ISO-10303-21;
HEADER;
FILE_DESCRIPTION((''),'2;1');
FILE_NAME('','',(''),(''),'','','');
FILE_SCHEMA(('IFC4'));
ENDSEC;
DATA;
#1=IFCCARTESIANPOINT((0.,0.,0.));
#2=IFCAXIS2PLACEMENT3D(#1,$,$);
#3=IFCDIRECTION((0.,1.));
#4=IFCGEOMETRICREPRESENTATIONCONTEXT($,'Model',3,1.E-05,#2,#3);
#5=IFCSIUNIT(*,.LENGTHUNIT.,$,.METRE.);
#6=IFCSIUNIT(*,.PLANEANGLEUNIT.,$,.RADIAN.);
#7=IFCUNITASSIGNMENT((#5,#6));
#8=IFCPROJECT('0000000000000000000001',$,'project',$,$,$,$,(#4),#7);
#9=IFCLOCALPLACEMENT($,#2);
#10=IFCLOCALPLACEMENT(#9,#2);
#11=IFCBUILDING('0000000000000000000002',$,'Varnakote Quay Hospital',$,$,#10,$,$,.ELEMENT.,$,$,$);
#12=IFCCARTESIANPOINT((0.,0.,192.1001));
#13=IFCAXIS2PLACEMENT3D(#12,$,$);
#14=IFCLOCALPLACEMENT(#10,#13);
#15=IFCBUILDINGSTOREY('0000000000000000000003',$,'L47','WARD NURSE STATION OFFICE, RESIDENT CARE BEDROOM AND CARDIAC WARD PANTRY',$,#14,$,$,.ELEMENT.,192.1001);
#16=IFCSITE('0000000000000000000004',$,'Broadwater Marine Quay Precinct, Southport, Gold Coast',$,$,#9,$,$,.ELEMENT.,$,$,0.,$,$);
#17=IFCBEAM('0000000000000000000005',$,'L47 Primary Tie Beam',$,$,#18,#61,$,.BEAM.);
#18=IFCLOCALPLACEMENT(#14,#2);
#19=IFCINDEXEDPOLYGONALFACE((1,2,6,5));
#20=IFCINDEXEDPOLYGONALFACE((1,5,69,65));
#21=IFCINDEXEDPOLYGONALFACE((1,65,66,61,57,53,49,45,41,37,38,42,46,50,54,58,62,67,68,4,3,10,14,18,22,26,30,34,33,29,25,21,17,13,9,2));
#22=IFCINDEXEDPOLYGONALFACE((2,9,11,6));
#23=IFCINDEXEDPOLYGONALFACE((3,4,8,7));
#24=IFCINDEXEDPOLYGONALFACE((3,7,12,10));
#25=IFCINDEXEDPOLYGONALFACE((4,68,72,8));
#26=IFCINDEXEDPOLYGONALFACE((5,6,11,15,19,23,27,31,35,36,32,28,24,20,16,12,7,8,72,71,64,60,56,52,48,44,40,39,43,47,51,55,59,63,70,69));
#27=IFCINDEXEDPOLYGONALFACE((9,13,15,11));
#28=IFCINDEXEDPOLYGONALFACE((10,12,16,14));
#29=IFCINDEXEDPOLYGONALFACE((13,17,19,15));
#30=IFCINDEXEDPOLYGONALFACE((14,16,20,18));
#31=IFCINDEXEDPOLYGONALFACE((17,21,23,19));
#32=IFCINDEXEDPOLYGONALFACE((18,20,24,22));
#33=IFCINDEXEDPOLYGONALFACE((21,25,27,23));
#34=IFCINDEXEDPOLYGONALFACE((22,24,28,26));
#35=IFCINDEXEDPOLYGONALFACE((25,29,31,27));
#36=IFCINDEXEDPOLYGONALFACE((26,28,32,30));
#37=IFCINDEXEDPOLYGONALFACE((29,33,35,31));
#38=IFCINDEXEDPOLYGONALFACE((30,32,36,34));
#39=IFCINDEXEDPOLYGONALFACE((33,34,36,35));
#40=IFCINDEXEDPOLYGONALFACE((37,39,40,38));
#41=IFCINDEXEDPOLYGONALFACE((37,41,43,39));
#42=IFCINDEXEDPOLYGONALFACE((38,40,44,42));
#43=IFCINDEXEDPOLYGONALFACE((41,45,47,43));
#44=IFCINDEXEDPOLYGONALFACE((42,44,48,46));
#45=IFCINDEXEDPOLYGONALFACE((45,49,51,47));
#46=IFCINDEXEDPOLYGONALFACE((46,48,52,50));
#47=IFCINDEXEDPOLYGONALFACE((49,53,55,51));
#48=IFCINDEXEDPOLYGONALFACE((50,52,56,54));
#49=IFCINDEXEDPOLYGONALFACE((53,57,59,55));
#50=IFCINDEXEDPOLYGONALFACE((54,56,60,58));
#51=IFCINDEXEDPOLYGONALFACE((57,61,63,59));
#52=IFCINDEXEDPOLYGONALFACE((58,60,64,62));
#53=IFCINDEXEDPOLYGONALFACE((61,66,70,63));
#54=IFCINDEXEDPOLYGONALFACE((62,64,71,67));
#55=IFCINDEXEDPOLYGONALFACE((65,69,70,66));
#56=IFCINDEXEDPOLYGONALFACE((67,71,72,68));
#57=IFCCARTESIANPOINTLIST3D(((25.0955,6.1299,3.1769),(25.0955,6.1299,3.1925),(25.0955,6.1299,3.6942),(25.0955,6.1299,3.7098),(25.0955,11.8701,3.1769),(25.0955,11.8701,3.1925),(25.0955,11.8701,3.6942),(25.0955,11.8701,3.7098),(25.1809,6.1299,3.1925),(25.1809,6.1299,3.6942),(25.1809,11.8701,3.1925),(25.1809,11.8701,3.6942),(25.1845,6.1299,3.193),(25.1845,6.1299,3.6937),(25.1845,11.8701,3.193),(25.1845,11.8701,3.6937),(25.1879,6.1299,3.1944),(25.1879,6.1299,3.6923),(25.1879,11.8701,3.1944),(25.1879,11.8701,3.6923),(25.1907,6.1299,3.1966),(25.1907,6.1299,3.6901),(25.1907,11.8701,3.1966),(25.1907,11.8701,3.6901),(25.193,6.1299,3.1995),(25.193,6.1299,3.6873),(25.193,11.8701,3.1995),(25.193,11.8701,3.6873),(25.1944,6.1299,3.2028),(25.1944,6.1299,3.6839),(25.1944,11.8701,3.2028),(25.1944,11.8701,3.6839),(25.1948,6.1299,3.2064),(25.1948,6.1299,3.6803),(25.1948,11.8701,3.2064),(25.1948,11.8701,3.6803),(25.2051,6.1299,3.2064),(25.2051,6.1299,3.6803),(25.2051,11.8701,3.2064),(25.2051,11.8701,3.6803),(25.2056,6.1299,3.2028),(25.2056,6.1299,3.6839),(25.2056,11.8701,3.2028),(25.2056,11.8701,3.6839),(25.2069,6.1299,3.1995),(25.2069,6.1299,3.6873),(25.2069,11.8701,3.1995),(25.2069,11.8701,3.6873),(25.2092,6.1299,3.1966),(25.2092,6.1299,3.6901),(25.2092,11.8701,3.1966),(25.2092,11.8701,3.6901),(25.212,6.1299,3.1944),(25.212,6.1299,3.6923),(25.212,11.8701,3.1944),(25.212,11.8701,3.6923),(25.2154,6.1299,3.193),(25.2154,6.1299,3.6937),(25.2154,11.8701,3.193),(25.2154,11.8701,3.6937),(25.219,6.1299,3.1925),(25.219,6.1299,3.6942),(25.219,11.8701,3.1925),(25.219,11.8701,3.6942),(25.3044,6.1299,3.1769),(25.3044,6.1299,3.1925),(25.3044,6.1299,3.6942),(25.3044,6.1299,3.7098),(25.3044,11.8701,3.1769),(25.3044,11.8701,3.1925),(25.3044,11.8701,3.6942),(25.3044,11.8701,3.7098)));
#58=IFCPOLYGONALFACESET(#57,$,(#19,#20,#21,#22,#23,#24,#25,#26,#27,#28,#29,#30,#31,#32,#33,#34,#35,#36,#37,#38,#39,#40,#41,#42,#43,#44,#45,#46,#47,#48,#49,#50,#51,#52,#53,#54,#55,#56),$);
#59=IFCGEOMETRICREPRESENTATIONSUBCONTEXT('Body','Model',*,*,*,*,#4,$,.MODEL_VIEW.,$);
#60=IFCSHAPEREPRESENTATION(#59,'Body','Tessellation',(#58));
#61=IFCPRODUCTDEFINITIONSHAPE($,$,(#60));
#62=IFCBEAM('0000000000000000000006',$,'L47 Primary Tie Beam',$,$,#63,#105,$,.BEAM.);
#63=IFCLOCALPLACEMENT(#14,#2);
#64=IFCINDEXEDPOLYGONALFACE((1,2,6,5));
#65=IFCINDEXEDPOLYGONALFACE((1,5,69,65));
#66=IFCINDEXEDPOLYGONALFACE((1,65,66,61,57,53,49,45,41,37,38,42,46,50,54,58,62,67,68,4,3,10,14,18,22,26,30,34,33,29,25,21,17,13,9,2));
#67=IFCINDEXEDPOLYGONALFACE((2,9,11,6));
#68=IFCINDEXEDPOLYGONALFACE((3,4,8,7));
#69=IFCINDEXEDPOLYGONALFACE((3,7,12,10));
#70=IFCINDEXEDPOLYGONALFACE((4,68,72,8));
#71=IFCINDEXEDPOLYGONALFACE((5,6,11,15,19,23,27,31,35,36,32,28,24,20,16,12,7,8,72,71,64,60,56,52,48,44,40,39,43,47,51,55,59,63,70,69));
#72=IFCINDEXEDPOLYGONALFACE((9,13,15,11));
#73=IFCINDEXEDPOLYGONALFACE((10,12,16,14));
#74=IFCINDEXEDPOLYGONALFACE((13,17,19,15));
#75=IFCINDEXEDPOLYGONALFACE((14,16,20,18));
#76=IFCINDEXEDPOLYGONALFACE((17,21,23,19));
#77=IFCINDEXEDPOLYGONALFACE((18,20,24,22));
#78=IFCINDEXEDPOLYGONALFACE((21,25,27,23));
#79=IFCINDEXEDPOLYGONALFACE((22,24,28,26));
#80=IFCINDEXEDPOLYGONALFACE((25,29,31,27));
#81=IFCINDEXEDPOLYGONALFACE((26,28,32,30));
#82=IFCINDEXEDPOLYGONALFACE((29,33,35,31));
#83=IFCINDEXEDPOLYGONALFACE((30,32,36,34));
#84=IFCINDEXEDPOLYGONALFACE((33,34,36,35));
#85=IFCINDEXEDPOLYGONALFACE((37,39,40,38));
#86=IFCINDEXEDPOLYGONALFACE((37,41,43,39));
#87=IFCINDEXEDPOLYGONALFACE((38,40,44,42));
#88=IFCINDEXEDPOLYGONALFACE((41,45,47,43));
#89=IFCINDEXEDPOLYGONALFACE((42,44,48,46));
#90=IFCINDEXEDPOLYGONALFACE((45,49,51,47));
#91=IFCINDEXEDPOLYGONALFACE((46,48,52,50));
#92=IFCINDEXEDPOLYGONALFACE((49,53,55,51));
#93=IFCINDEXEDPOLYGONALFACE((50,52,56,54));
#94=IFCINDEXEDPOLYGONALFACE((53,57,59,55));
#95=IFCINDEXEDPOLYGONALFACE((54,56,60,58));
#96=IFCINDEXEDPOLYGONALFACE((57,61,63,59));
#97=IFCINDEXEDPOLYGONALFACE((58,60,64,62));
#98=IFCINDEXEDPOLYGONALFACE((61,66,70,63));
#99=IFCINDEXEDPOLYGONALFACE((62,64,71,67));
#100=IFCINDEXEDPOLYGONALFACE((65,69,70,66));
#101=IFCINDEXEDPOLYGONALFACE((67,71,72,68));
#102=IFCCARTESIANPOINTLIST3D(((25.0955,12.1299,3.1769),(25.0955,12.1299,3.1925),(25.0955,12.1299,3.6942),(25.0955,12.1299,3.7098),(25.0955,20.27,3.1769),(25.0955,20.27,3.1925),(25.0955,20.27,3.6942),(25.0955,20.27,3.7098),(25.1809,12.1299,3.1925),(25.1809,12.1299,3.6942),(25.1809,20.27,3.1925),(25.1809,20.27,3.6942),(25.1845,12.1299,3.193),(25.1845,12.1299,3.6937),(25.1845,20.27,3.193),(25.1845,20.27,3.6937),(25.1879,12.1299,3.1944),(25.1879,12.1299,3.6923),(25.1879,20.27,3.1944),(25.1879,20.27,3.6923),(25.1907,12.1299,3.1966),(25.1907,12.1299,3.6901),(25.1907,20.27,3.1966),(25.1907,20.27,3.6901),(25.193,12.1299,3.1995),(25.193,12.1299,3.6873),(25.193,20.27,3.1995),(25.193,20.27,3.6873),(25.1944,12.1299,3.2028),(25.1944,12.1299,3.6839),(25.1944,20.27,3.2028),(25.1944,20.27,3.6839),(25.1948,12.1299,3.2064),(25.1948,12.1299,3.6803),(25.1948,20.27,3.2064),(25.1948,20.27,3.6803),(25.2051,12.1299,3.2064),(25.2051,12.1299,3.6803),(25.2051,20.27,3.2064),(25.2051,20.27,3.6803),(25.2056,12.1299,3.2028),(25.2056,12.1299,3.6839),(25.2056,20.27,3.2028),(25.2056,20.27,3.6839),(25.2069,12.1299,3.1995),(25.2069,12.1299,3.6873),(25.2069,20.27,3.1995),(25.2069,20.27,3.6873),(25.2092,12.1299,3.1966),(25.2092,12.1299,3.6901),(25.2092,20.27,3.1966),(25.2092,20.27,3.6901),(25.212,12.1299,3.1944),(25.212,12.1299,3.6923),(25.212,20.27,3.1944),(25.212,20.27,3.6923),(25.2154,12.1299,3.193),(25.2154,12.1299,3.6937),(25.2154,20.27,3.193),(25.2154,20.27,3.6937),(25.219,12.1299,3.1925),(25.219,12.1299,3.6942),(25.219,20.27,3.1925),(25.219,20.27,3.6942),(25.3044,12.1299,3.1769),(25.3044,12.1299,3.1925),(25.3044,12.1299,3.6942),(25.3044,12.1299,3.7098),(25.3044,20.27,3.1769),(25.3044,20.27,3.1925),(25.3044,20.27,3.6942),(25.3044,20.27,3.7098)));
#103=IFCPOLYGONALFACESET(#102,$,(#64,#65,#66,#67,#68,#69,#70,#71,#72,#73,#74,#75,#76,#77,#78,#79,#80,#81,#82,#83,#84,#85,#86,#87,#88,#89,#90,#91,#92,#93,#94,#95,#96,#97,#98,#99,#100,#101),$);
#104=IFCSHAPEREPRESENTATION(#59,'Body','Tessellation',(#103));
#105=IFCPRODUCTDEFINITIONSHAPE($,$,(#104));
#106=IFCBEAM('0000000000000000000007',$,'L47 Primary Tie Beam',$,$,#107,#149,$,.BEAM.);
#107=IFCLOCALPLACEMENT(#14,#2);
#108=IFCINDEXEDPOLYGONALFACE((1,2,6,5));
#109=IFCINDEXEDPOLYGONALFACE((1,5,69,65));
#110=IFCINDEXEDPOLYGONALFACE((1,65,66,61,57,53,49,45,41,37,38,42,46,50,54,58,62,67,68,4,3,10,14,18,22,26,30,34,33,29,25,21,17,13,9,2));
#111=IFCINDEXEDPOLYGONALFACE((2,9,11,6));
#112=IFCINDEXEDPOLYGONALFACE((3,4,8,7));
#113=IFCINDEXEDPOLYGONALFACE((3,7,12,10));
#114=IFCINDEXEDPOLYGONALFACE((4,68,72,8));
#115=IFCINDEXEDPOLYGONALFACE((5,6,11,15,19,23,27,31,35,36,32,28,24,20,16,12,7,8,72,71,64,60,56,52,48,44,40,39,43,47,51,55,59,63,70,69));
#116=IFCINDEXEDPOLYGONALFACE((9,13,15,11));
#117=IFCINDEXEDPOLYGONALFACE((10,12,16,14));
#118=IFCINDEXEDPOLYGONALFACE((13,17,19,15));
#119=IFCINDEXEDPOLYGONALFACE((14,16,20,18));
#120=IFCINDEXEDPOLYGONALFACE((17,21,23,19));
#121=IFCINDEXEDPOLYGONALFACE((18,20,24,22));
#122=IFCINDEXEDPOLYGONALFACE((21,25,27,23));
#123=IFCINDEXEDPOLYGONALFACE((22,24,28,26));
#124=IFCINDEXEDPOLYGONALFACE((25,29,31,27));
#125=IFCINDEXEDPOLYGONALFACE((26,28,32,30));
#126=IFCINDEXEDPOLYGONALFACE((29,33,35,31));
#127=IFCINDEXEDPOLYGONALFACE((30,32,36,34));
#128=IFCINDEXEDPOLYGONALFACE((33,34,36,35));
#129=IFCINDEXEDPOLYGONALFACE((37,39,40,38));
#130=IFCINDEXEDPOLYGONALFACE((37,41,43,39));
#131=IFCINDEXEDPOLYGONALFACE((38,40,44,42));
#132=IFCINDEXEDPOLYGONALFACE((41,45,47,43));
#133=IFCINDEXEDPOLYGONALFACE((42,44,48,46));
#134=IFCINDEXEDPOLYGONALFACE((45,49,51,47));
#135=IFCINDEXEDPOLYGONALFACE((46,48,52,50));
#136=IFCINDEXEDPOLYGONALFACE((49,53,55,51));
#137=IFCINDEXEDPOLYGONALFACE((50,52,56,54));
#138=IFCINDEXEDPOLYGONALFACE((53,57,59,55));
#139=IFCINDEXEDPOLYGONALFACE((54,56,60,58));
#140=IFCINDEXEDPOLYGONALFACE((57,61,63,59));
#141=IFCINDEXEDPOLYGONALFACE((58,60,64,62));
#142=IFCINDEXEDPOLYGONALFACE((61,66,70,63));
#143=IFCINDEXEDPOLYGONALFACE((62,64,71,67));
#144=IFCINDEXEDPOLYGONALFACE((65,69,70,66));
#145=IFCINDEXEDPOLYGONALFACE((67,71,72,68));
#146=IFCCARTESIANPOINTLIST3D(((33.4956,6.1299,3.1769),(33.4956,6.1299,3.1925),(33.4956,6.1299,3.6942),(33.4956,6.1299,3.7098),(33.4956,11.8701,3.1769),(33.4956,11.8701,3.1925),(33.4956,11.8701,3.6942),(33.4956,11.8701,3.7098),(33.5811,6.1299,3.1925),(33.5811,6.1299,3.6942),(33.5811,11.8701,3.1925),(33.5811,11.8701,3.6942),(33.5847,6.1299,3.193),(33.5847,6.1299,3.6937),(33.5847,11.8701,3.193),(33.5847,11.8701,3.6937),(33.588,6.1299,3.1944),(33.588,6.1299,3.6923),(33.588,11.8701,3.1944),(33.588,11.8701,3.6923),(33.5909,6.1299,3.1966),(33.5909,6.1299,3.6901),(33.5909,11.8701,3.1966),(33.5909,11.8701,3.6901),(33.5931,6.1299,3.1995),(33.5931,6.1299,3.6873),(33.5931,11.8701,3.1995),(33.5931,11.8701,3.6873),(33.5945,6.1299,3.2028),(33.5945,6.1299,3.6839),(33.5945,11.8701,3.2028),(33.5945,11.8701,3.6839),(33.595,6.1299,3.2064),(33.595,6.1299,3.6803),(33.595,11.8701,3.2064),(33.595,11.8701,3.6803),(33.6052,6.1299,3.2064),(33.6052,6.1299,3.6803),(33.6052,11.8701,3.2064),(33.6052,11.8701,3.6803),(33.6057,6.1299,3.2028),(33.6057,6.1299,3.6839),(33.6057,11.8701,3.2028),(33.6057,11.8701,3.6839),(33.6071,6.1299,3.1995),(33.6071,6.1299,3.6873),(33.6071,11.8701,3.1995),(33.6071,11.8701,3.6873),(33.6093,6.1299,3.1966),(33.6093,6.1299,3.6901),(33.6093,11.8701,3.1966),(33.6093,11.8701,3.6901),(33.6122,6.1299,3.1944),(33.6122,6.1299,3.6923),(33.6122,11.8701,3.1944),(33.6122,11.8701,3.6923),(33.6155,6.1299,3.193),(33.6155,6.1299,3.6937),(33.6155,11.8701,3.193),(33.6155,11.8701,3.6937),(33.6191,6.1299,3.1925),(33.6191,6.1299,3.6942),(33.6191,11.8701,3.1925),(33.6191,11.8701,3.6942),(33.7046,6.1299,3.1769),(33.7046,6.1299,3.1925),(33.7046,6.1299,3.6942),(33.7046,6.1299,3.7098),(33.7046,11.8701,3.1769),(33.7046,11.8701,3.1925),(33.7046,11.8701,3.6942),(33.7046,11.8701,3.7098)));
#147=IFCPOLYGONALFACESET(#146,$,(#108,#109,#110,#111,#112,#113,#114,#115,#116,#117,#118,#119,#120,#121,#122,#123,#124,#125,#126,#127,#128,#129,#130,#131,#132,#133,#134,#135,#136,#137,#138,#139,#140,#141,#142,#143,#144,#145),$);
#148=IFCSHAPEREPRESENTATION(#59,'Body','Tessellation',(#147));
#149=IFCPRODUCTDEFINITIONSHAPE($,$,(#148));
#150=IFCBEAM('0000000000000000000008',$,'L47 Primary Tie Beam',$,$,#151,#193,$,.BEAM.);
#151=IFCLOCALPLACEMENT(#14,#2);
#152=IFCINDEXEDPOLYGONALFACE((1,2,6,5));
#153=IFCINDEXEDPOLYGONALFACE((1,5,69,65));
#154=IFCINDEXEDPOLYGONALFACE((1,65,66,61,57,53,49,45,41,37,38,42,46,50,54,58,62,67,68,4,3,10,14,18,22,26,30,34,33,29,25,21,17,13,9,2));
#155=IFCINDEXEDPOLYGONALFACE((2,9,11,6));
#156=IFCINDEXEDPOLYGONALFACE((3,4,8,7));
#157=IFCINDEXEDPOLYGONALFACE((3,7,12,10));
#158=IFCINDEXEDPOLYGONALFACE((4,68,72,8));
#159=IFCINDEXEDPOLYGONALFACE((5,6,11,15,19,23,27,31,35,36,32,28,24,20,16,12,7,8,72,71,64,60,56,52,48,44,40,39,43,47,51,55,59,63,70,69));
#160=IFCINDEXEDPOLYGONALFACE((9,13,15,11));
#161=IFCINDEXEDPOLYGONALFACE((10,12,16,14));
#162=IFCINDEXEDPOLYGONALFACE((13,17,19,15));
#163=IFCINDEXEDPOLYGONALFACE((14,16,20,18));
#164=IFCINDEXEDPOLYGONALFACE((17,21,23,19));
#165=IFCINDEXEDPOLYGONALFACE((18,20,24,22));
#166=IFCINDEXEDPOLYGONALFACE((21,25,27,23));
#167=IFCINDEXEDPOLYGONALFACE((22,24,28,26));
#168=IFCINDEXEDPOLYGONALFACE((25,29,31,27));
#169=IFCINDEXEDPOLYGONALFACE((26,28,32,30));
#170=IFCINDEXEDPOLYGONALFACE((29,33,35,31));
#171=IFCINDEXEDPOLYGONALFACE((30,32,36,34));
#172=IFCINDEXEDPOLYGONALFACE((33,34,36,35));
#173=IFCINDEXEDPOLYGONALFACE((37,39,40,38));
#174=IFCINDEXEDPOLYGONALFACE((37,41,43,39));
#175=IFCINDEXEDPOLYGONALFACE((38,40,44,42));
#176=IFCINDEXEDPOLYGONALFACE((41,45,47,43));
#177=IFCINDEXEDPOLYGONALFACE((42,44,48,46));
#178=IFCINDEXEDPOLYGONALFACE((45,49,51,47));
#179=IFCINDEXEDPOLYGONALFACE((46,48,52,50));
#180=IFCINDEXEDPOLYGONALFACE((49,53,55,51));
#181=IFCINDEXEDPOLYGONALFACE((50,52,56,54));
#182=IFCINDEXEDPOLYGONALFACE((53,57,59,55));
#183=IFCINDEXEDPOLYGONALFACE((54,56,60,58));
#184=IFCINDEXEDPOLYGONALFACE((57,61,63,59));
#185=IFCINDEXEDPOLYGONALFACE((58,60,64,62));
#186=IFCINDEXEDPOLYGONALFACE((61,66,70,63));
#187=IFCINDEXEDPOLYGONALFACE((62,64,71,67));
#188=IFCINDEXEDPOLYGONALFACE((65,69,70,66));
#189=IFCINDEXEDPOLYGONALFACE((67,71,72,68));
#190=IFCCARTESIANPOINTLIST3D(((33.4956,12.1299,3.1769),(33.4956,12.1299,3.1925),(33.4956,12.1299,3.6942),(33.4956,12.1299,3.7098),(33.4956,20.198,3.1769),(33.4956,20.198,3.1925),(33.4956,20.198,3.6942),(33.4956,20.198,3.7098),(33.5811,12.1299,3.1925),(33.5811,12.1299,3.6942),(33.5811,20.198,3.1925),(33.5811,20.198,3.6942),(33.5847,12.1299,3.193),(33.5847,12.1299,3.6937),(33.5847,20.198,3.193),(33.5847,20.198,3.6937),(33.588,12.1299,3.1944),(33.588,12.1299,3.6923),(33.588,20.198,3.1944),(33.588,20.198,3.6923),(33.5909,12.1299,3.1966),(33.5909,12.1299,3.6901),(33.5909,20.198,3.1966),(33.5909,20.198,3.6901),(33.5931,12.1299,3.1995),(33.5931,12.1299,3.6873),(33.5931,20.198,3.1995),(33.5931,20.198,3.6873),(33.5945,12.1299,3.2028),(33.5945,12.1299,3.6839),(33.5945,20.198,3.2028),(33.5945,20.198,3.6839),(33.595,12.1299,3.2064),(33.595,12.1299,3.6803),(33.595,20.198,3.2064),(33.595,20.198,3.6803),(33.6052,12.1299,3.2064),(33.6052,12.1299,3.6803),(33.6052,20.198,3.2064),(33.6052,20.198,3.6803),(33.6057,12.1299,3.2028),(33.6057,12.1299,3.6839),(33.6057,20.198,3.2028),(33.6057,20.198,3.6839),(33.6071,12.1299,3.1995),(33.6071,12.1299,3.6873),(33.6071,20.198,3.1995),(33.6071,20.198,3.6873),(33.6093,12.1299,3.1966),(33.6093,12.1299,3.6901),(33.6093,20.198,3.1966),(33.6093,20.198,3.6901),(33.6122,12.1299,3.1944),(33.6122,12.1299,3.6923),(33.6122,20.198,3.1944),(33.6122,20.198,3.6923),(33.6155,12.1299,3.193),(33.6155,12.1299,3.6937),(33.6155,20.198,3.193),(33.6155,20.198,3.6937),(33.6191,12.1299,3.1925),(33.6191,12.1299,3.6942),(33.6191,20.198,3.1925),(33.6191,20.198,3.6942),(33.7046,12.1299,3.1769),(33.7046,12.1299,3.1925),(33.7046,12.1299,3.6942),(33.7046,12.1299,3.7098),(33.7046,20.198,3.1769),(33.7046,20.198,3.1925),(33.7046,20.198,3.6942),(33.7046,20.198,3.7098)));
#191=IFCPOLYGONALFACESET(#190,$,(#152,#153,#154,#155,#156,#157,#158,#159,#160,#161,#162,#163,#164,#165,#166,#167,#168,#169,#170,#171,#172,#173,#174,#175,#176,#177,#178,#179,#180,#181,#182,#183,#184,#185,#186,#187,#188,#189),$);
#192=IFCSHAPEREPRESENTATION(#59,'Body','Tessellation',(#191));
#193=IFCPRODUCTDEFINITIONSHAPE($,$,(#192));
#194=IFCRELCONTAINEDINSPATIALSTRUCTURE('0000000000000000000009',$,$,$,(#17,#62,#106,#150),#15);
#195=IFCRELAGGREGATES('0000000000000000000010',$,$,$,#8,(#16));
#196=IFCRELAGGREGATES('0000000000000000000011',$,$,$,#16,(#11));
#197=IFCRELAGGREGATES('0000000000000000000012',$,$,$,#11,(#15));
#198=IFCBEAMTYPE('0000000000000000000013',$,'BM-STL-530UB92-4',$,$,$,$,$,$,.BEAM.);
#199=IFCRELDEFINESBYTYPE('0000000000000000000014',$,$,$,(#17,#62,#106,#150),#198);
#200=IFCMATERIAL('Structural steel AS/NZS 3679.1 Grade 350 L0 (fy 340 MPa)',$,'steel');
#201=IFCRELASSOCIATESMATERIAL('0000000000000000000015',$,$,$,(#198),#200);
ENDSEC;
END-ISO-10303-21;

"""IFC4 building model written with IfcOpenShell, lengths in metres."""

from ifc_helpers import new_model, si_unit, direction, frame, origin, origin_2d, place, context, subcontext, project, spatial, i_section, extrude, material, material_profile, profile_set, type_object, element, save


model = new_model("IFC4")

# Units and contexts
model_context = context("Model", 3, precision=1e-05, world=origin(), true_north=direction((0.0, 1.0)))
body_context = subcontext(model_context, "Body", "Model", "MODEL_VIEW")
ifc_project = project(units=[si_unit("LENGTHUNIT", "METRE"), si_unit("PLANEANGLEUNIT", "RADIAN")], contexts=[model_context])

# Site, building, storey
site_placement = place(None, origin())
site = spatial("IfcSite", under=ifc_project, at=site_placement, Name="Broadwater Marine Quay Precinct, Southport, Gold Coast", CompositionType="ELEMENT", RefElevation=0.0)
building_placement = place(site_placement, origin())
building = spatial("IfcBuilding", under=site, at=building_placement, Name="Varnakote Quay Hospital", CompositionType="ELEMENT")
storey_placement = place(building_placement, frame((0.0, 0.0, 192.1001)))
storey = spatial("IfcBuildingStorey", under=building, at=storey_placement, Name="L47", Description="WARD NURSE STATION OFFICE, RESIDENT CARE BEDROOM AND CARDIAC WARD PANTRY", CompositionType="ELEMENT", Elevation=192.1001)

# Beams
ifc_material_1 = material(Name="Structural steel AS/NZS 3679.1 Grade 350 L0 (fy 340 MPa)", Category="steel")
ifc_material_profile_1 = material_profile(ifc_material_1, i_section(OverallWidth=0.209, OverallDepth=0.533, WebThickness=0.0103, FlangeThickness=0.0156, FilletRadius=0.0139, at=origin_2d()), Name="530UB92.4")
ifc_profile_set_1 = profile_set([ifc_material_profile_1], Name="Structural steel AS/NZS 3679.1 Grade 350 L0 (fy 340 MPa)")
beam_type_1 = type_object("IfcBeamType", Name="BM-STL-530UB92-4", PredefinedType="BEAM", material=ifc_profile_set_1)
beam_1_placement = place(storey_placement, frame((25.2, 6.1299, 3.4434), z_axis=(0.0, 1.0, 0.0), x_axis=(-1.0, 0.0, 0.0)))
element("IfcBeam", 1, at=beam_1_placement, inside=storey, type_object=beam_type_1, Name="L47 Primary Tie Beam", PredefinedType="BEAM", context=body_context, shape_type="SweptSolid", body=[
    extrude(i_section(OverallWidth=0.209, OverallDepth=0.533, WebThickness=0.0103, FlangeThickness=0.0156, FilletRadius=0.0139, at=origin_2d()), origin(), (0.0, 0.0, 1.0), 5.7402),
])
beam_2_placement = place(storey_placement, frame((25.2, 12.1299, 3.4434), z_axis=(0.0, 1.0, 0.0), x_axis=(-1.0, 0.0, 0.0)))
element("IfcBeam", 2, at=beam_2_placement, inside=storey, type_object=beam_type_1, Name="L47 Primary Tie Beam", PredefinedType="BEAM", context=body_context, shape_type="SweptSolid", body=[
    extrude(i_section(OverallWidth=0.209, OverallDepth=0.533, WebThickness=0.0103, FlangeThickness=0.0156, FilletRadius=0.0139, at=origin_2d()), origin(), (0.0, 0.0, 1.0), 8.1401),
])
beam_3_placement = place(storey_placement, frame((33.6001, 6.1299, 3.4434), z_axis=(0.0, 1.0, 0.0), x_axis=(-1.0, 0.0, 0.0)))
element("IfcBeam", 3, at=beam_3_placement, inside=storey, type_object=beam_type_1, Name="L47 Primary Tie Beam", PredefinedType="BEAM", context=body_context, shape_type="SweptSolid", body=[
    extrude(i_section(OverallWidth=0.209, OverallDepth=0.533, WebThickness=0.0103, FlangeThickness=0.0156, FilletRadius=0.0139, at=origin_2d()), origin(), (0.0, 0.0, 1.0), 5.7402),
])
beam_4_placement = place(storey_placement, frame((33.6001, 12.1299, 3.4434), z_axis=(0.0, 1.0, 0.0), x_axis=(-1.0, 0.0, 0.0)))
element("IfcBeam", 4, at=beam_4_placement, inside=storey, type_object=beam_type_1, Name="L47 Primary Tie Beam", PredefinedType="BEAM", context=body_context, shape_type="SweptSolid", body=[
    extrude(i_section(OverallWidth=0.209, OverallDepth=0.533, WebThickness=0.0103, FlangeThickness=0.0156, FilletRadius=0.0139, at=origin_2d()), origin(), (0.0, 0.0, 1.0), 8.0681),
])

save(model, "model.ifc")
